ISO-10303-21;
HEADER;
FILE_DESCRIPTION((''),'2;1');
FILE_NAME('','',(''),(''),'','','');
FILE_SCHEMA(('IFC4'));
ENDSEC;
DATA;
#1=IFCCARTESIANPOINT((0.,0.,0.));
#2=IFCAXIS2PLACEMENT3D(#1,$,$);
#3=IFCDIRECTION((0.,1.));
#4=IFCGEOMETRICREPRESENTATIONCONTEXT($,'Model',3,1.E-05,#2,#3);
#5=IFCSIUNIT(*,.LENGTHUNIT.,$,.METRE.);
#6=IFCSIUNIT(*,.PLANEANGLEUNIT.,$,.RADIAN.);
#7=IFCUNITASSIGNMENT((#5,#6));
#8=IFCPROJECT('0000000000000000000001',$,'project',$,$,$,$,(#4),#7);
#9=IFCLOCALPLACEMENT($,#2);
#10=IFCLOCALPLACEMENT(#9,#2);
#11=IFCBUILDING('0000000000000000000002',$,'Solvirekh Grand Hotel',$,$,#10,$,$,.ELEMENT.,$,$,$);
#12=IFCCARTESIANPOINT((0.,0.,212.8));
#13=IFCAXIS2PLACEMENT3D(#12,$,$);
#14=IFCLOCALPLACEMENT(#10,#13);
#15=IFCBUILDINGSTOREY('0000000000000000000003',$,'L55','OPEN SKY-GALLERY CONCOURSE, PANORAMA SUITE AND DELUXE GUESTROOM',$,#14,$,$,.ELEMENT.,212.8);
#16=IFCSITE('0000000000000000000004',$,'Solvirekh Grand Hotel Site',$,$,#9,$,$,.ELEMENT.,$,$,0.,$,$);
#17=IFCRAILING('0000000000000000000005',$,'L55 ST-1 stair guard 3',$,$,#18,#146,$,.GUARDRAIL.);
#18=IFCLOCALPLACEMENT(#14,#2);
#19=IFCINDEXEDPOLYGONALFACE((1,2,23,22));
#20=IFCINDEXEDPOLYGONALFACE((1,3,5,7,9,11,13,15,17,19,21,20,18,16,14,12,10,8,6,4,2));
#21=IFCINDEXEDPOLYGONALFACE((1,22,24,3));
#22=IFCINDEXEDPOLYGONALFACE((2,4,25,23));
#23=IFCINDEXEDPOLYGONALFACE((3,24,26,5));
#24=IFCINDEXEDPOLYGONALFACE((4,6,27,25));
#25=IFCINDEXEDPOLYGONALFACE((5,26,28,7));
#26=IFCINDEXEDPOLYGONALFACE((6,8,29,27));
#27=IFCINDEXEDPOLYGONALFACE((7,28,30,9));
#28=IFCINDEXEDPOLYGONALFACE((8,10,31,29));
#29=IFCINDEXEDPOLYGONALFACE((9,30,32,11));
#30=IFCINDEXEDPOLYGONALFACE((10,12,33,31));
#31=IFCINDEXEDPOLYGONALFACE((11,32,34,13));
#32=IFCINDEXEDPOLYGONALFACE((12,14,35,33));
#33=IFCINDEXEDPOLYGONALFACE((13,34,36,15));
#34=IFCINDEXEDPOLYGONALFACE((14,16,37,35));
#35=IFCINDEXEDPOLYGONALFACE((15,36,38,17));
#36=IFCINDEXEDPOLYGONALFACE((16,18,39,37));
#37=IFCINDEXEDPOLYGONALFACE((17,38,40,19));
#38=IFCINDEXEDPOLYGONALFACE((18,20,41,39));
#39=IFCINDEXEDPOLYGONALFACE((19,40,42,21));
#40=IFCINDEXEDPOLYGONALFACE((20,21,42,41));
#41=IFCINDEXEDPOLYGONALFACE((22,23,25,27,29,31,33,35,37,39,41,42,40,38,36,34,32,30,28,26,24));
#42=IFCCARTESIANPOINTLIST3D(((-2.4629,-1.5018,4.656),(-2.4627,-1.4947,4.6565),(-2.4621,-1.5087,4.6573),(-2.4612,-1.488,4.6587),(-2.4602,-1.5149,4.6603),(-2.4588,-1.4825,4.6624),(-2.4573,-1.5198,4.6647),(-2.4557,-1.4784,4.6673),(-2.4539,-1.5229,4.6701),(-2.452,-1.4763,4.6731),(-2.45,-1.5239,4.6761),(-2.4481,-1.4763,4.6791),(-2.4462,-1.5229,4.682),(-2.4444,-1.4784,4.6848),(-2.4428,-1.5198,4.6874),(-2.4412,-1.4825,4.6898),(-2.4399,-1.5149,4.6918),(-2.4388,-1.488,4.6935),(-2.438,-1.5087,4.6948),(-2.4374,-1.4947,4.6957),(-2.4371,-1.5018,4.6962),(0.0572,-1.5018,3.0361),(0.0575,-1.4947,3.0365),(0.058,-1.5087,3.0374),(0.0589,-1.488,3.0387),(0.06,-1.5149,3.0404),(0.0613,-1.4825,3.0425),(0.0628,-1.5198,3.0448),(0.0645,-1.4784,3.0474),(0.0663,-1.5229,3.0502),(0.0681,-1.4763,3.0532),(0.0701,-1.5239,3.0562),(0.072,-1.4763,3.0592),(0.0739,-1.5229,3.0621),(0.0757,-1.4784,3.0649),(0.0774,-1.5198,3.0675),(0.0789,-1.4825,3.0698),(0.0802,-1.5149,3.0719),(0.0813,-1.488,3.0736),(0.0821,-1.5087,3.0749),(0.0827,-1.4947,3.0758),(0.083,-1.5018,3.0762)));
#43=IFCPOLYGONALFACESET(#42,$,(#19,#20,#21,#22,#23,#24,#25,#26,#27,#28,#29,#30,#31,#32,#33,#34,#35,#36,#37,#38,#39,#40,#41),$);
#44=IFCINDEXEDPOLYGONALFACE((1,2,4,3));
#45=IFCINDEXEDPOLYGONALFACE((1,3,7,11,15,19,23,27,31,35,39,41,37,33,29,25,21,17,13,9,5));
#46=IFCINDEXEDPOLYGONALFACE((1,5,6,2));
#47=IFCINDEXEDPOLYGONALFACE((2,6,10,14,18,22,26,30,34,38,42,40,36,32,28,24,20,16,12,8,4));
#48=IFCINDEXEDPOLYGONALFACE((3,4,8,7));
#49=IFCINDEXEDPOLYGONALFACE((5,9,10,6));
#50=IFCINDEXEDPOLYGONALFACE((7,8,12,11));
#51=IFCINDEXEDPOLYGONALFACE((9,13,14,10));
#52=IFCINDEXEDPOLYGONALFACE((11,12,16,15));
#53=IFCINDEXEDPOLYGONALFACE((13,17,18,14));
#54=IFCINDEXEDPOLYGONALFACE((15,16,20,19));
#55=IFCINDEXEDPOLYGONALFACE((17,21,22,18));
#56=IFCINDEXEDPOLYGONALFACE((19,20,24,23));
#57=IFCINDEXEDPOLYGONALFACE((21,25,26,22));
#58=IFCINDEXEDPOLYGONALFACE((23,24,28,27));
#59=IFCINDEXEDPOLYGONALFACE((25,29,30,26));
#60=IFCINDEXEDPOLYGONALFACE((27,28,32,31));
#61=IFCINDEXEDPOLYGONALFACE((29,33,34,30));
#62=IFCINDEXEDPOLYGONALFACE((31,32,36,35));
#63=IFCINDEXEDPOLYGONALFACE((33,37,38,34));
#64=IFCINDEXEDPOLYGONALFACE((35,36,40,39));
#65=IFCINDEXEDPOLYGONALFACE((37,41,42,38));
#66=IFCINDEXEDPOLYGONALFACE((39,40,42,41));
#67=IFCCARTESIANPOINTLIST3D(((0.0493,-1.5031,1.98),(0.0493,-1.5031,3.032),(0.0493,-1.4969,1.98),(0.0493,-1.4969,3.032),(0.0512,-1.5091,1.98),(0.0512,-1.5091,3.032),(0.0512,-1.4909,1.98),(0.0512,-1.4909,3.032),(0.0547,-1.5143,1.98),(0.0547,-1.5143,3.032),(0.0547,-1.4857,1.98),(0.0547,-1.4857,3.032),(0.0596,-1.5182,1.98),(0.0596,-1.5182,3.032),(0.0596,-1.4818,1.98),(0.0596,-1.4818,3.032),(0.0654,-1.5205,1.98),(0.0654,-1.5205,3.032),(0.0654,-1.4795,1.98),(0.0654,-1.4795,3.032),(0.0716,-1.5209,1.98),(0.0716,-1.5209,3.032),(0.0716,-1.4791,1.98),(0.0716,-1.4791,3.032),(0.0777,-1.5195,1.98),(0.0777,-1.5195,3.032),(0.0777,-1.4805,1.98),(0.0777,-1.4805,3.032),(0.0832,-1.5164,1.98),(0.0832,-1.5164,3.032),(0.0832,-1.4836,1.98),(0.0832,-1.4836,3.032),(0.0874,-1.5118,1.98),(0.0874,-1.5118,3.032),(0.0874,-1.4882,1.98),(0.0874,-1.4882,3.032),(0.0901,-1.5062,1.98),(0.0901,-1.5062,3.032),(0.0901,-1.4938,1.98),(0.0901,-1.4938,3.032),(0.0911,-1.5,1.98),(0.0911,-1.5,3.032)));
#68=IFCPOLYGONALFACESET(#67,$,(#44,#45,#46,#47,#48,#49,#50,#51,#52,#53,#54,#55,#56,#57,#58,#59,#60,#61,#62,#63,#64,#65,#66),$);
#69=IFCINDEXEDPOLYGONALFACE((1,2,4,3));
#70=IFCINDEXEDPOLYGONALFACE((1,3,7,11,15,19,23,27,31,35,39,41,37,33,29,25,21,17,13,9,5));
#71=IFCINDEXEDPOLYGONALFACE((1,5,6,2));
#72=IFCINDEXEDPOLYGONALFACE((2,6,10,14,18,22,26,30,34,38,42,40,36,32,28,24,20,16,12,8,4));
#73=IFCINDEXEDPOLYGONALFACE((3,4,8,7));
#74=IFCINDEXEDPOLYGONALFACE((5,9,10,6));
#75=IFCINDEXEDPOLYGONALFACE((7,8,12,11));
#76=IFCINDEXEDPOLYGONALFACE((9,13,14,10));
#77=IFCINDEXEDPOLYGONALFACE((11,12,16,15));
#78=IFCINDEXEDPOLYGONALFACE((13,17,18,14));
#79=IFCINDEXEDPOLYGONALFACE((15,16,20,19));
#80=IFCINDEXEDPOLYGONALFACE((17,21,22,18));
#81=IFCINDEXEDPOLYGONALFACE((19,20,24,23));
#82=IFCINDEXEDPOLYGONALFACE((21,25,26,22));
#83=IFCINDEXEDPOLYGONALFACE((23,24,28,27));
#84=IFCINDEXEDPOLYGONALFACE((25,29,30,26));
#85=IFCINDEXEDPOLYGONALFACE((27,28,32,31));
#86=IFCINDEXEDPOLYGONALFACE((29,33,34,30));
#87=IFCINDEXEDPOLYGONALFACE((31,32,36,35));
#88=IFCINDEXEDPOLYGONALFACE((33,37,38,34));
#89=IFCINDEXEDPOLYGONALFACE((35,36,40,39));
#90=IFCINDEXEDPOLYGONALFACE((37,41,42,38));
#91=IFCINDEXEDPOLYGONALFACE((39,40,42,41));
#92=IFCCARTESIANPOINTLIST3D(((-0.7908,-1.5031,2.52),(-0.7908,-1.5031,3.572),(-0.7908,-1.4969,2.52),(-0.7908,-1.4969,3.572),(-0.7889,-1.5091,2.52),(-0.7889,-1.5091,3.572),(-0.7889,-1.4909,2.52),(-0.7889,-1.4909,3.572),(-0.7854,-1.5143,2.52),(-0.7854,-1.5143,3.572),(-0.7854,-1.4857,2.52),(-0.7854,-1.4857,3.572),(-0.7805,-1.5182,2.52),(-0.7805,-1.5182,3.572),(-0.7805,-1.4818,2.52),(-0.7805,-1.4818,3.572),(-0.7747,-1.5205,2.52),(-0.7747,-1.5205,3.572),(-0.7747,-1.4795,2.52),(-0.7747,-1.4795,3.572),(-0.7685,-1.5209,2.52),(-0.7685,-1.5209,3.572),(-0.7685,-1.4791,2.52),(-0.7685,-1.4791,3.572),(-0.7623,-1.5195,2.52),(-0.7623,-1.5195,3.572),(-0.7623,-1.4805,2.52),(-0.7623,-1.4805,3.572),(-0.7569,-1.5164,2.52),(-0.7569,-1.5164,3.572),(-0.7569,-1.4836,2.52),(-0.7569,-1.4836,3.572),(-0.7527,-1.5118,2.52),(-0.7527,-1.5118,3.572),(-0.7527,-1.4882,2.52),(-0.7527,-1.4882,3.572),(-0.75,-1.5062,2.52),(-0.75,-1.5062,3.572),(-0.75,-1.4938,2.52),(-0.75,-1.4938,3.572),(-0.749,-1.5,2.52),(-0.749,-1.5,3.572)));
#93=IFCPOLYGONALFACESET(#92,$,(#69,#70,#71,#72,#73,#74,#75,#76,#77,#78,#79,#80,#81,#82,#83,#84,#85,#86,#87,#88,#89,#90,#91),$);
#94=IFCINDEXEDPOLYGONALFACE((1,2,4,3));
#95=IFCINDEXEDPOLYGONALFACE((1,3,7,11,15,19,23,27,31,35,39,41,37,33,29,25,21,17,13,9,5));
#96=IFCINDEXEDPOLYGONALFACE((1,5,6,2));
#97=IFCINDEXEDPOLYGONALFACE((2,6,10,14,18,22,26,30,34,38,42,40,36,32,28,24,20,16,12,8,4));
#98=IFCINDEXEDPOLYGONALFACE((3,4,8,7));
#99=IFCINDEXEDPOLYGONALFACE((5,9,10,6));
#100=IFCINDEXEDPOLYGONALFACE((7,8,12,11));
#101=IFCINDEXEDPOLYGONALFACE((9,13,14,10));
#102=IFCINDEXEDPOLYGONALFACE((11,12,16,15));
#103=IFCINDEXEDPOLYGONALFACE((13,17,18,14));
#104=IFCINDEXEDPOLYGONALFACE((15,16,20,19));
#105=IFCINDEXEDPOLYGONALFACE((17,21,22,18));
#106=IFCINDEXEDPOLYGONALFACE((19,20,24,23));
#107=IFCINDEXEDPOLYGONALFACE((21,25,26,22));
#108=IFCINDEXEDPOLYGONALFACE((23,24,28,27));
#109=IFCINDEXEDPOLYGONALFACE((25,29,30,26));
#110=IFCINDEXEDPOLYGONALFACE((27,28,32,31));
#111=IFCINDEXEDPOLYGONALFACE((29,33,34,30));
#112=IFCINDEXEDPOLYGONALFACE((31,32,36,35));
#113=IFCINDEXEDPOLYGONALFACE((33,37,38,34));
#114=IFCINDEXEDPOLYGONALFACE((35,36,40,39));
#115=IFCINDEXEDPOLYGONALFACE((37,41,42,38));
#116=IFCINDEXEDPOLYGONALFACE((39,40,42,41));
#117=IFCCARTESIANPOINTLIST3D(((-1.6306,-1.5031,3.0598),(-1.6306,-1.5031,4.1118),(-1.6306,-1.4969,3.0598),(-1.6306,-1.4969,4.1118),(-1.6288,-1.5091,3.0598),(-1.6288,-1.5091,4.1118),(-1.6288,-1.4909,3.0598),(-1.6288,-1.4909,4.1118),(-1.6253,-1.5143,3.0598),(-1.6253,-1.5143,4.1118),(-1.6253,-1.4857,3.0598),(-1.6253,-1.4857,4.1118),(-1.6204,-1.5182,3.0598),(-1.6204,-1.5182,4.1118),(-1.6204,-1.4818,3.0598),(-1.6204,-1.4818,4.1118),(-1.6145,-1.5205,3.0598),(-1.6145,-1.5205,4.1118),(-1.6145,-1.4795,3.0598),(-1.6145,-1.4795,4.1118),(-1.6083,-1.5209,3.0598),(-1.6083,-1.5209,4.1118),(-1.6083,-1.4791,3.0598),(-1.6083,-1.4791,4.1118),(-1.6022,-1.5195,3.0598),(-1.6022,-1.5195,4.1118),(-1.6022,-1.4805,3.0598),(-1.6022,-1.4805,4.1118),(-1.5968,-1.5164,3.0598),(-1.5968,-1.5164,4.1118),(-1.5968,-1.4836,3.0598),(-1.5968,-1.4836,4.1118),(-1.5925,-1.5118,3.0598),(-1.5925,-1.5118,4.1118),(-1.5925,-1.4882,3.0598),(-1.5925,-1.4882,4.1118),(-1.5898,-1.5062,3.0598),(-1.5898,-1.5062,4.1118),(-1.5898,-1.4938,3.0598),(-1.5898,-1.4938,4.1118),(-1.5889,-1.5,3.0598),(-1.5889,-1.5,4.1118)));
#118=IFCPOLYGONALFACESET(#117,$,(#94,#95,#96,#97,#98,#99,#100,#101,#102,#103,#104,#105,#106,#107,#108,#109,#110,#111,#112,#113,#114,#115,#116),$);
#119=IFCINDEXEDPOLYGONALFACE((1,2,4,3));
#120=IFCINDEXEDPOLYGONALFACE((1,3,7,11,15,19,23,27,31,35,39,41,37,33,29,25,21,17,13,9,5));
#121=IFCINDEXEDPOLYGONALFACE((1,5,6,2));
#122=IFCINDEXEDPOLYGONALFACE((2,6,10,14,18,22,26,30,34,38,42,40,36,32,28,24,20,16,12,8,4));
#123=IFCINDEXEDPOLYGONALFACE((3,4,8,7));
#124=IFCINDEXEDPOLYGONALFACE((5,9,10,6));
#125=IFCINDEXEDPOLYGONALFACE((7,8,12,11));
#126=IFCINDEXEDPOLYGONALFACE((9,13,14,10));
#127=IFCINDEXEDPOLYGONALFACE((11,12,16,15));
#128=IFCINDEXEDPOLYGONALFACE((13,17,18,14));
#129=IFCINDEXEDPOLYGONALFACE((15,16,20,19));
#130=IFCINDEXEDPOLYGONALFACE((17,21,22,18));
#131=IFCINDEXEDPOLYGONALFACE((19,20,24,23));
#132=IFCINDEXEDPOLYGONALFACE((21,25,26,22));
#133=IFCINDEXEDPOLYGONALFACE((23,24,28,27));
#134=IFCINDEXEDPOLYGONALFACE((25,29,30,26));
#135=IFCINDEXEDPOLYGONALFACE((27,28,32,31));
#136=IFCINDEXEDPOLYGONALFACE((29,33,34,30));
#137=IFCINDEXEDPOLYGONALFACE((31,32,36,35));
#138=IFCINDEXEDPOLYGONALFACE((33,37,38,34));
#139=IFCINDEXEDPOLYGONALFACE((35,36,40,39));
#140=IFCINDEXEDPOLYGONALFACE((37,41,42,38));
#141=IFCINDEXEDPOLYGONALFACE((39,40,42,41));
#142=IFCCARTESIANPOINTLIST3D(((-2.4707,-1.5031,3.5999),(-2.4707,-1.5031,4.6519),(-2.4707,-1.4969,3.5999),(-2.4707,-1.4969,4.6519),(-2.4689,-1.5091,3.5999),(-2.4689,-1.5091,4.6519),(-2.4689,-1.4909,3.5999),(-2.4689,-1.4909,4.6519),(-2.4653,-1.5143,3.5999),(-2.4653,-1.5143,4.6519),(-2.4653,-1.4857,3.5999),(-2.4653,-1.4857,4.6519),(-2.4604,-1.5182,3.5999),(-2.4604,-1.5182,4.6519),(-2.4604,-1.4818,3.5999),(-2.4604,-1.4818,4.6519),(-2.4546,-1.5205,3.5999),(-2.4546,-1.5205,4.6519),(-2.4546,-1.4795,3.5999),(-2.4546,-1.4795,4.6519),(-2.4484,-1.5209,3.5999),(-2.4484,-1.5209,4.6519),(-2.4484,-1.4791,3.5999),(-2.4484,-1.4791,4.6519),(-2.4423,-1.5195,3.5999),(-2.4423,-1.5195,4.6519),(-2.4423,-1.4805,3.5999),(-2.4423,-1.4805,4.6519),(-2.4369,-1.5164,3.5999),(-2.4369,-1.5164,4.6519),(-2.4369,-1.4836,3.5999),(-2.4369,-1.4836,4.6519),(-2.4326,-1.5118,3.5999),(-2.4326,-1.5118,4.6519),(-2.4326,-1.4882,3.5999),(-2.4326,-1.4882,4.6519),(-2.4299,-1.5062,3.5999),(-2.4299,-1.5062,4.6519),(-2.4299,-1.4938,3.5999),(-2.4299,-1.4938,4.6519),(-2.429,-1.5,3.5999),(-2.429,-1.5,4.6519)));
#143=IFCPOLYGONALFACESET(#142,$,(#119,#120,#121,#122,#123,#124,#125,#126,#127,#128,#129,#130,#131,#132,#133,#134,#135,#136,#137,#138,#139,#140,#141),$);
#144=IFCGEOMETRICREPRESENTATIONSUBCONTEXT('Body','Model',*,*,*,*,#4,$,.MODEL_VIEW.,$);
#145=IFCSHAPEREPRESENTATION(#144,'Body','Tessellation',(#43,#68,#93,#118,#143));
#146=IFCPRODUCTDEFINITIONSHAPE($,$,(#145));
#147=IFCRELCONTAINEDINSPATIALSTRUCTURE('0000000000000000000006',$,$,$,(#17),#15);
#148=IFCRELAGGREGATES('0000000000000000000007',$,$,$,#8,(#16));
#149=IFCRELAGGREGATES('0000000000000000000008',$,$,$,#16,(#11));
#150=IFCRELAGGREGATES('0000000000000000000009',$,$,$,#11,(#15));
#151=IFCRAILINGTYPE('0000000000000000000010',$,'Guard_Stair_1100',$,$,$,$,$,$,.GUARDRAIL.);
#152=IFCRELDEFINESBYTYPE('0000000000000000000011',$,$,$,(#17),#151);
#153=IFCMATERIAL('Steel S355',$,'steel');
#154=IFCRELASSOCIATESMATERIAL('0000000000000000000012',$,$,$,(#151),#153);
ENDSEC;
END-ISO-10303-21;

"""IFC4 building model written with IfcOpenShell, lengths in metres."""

from ifc_helpers import new_model, si_unit, direction, frame, origin, origin_2d, place, context, subcontext, project, spatial, circle, extrude, material, type_object, element, save


model = new_model("IFC4")

# Units and contexts
model_context = context("Model", 3, precision=1e-05, world=origin(), true_north=direction((0.0, 1.0)))
body_context = subcontext(model_context, "Body", "Model", "MODEL_VIEW")
ifc_project = project(units=[si_unit("LENGTHUNIT", "METRE"), si_unit("PLANEANGLEUNIT", "RADIAN")], contexts=[model_context])

# Site, building, storey
site_placement = place(None, origin())
site = spatial("IfcSite", under=ifc_project, at=site_placement, Name="Solvirekh Grand Hotel Site", CompositionType="ELEMENT", RefElevation=0.0)
building_placement = place(site_placement, origin())
building = spatial("IfcBuilding", under=site, at=building_placement, Name="Solvirekh Grand Hotel", CompositionType="ELEMENT")
storey_placement = place(building_placement, frame((0.0, 0.0, 212.8)))
storey = spatial("IfcBuildingStorey", under=building, at=storey_placement, Name="L55", Description="OPEN SKY-GALLERY CONCOURSE, PANORAMA SUITE AND DELUXE GUESTROOM", CompositionType="ELEMENT", Elevation=212.8)

# Shared definitions
ifc_material_1 = material(Name="Steel S355", Category="steel")

# Railing
railing_type_1 = type_object("IfcRailingType", Name="Guard_Stair_1100", PredefinedType="GUARDRAIL", material=ifc_material_1)
railing_1_placement = place(storey_placement, frame((0.0701, -1.5, 1.98)))
element("IfcRailing", 1, at=railing_1_placement, inside=storey, type_object=railing_type_1, Name="L55 ST-1 stair guard 3", PredefinedType="GUARDRAIL", context=body_context, shape_type="SweptSolid", body=[
    extrude(circle(Radius=0.0239, at=origin_2d()), frame((0.0, 0.0, 1.0762), z_axis=(-0.8412, 0.0, 0.540725), x_axis=(0.0, -1.0, 0.0)), (0.0, 0.0, 1.0), 2.9958),
    extrude(circle(Radius=0.021, at=origin_2d()), origin(), (0.0, 0.0, 1.0), 1.052),
    extrude(circle(Radius=0.021, at=origin_2d()), frame((-0.8401, 0.0, 0.54)), (0.0, 0.0, 1.0), 1.052),
    extrude(circle(Radius=0.021, at=origin_2d()), frame((-1.6799, 0.0, 1.0798)), (0.0, 0.0, 1.0), 1.052),
    extrude(circle(Radius=0.021, at=origin_2d()), frame((-2.52, 0.0, 1.6199)), (0.0, 0.0, 1.0), 1.052),
])

save(model, "model.ifc")
